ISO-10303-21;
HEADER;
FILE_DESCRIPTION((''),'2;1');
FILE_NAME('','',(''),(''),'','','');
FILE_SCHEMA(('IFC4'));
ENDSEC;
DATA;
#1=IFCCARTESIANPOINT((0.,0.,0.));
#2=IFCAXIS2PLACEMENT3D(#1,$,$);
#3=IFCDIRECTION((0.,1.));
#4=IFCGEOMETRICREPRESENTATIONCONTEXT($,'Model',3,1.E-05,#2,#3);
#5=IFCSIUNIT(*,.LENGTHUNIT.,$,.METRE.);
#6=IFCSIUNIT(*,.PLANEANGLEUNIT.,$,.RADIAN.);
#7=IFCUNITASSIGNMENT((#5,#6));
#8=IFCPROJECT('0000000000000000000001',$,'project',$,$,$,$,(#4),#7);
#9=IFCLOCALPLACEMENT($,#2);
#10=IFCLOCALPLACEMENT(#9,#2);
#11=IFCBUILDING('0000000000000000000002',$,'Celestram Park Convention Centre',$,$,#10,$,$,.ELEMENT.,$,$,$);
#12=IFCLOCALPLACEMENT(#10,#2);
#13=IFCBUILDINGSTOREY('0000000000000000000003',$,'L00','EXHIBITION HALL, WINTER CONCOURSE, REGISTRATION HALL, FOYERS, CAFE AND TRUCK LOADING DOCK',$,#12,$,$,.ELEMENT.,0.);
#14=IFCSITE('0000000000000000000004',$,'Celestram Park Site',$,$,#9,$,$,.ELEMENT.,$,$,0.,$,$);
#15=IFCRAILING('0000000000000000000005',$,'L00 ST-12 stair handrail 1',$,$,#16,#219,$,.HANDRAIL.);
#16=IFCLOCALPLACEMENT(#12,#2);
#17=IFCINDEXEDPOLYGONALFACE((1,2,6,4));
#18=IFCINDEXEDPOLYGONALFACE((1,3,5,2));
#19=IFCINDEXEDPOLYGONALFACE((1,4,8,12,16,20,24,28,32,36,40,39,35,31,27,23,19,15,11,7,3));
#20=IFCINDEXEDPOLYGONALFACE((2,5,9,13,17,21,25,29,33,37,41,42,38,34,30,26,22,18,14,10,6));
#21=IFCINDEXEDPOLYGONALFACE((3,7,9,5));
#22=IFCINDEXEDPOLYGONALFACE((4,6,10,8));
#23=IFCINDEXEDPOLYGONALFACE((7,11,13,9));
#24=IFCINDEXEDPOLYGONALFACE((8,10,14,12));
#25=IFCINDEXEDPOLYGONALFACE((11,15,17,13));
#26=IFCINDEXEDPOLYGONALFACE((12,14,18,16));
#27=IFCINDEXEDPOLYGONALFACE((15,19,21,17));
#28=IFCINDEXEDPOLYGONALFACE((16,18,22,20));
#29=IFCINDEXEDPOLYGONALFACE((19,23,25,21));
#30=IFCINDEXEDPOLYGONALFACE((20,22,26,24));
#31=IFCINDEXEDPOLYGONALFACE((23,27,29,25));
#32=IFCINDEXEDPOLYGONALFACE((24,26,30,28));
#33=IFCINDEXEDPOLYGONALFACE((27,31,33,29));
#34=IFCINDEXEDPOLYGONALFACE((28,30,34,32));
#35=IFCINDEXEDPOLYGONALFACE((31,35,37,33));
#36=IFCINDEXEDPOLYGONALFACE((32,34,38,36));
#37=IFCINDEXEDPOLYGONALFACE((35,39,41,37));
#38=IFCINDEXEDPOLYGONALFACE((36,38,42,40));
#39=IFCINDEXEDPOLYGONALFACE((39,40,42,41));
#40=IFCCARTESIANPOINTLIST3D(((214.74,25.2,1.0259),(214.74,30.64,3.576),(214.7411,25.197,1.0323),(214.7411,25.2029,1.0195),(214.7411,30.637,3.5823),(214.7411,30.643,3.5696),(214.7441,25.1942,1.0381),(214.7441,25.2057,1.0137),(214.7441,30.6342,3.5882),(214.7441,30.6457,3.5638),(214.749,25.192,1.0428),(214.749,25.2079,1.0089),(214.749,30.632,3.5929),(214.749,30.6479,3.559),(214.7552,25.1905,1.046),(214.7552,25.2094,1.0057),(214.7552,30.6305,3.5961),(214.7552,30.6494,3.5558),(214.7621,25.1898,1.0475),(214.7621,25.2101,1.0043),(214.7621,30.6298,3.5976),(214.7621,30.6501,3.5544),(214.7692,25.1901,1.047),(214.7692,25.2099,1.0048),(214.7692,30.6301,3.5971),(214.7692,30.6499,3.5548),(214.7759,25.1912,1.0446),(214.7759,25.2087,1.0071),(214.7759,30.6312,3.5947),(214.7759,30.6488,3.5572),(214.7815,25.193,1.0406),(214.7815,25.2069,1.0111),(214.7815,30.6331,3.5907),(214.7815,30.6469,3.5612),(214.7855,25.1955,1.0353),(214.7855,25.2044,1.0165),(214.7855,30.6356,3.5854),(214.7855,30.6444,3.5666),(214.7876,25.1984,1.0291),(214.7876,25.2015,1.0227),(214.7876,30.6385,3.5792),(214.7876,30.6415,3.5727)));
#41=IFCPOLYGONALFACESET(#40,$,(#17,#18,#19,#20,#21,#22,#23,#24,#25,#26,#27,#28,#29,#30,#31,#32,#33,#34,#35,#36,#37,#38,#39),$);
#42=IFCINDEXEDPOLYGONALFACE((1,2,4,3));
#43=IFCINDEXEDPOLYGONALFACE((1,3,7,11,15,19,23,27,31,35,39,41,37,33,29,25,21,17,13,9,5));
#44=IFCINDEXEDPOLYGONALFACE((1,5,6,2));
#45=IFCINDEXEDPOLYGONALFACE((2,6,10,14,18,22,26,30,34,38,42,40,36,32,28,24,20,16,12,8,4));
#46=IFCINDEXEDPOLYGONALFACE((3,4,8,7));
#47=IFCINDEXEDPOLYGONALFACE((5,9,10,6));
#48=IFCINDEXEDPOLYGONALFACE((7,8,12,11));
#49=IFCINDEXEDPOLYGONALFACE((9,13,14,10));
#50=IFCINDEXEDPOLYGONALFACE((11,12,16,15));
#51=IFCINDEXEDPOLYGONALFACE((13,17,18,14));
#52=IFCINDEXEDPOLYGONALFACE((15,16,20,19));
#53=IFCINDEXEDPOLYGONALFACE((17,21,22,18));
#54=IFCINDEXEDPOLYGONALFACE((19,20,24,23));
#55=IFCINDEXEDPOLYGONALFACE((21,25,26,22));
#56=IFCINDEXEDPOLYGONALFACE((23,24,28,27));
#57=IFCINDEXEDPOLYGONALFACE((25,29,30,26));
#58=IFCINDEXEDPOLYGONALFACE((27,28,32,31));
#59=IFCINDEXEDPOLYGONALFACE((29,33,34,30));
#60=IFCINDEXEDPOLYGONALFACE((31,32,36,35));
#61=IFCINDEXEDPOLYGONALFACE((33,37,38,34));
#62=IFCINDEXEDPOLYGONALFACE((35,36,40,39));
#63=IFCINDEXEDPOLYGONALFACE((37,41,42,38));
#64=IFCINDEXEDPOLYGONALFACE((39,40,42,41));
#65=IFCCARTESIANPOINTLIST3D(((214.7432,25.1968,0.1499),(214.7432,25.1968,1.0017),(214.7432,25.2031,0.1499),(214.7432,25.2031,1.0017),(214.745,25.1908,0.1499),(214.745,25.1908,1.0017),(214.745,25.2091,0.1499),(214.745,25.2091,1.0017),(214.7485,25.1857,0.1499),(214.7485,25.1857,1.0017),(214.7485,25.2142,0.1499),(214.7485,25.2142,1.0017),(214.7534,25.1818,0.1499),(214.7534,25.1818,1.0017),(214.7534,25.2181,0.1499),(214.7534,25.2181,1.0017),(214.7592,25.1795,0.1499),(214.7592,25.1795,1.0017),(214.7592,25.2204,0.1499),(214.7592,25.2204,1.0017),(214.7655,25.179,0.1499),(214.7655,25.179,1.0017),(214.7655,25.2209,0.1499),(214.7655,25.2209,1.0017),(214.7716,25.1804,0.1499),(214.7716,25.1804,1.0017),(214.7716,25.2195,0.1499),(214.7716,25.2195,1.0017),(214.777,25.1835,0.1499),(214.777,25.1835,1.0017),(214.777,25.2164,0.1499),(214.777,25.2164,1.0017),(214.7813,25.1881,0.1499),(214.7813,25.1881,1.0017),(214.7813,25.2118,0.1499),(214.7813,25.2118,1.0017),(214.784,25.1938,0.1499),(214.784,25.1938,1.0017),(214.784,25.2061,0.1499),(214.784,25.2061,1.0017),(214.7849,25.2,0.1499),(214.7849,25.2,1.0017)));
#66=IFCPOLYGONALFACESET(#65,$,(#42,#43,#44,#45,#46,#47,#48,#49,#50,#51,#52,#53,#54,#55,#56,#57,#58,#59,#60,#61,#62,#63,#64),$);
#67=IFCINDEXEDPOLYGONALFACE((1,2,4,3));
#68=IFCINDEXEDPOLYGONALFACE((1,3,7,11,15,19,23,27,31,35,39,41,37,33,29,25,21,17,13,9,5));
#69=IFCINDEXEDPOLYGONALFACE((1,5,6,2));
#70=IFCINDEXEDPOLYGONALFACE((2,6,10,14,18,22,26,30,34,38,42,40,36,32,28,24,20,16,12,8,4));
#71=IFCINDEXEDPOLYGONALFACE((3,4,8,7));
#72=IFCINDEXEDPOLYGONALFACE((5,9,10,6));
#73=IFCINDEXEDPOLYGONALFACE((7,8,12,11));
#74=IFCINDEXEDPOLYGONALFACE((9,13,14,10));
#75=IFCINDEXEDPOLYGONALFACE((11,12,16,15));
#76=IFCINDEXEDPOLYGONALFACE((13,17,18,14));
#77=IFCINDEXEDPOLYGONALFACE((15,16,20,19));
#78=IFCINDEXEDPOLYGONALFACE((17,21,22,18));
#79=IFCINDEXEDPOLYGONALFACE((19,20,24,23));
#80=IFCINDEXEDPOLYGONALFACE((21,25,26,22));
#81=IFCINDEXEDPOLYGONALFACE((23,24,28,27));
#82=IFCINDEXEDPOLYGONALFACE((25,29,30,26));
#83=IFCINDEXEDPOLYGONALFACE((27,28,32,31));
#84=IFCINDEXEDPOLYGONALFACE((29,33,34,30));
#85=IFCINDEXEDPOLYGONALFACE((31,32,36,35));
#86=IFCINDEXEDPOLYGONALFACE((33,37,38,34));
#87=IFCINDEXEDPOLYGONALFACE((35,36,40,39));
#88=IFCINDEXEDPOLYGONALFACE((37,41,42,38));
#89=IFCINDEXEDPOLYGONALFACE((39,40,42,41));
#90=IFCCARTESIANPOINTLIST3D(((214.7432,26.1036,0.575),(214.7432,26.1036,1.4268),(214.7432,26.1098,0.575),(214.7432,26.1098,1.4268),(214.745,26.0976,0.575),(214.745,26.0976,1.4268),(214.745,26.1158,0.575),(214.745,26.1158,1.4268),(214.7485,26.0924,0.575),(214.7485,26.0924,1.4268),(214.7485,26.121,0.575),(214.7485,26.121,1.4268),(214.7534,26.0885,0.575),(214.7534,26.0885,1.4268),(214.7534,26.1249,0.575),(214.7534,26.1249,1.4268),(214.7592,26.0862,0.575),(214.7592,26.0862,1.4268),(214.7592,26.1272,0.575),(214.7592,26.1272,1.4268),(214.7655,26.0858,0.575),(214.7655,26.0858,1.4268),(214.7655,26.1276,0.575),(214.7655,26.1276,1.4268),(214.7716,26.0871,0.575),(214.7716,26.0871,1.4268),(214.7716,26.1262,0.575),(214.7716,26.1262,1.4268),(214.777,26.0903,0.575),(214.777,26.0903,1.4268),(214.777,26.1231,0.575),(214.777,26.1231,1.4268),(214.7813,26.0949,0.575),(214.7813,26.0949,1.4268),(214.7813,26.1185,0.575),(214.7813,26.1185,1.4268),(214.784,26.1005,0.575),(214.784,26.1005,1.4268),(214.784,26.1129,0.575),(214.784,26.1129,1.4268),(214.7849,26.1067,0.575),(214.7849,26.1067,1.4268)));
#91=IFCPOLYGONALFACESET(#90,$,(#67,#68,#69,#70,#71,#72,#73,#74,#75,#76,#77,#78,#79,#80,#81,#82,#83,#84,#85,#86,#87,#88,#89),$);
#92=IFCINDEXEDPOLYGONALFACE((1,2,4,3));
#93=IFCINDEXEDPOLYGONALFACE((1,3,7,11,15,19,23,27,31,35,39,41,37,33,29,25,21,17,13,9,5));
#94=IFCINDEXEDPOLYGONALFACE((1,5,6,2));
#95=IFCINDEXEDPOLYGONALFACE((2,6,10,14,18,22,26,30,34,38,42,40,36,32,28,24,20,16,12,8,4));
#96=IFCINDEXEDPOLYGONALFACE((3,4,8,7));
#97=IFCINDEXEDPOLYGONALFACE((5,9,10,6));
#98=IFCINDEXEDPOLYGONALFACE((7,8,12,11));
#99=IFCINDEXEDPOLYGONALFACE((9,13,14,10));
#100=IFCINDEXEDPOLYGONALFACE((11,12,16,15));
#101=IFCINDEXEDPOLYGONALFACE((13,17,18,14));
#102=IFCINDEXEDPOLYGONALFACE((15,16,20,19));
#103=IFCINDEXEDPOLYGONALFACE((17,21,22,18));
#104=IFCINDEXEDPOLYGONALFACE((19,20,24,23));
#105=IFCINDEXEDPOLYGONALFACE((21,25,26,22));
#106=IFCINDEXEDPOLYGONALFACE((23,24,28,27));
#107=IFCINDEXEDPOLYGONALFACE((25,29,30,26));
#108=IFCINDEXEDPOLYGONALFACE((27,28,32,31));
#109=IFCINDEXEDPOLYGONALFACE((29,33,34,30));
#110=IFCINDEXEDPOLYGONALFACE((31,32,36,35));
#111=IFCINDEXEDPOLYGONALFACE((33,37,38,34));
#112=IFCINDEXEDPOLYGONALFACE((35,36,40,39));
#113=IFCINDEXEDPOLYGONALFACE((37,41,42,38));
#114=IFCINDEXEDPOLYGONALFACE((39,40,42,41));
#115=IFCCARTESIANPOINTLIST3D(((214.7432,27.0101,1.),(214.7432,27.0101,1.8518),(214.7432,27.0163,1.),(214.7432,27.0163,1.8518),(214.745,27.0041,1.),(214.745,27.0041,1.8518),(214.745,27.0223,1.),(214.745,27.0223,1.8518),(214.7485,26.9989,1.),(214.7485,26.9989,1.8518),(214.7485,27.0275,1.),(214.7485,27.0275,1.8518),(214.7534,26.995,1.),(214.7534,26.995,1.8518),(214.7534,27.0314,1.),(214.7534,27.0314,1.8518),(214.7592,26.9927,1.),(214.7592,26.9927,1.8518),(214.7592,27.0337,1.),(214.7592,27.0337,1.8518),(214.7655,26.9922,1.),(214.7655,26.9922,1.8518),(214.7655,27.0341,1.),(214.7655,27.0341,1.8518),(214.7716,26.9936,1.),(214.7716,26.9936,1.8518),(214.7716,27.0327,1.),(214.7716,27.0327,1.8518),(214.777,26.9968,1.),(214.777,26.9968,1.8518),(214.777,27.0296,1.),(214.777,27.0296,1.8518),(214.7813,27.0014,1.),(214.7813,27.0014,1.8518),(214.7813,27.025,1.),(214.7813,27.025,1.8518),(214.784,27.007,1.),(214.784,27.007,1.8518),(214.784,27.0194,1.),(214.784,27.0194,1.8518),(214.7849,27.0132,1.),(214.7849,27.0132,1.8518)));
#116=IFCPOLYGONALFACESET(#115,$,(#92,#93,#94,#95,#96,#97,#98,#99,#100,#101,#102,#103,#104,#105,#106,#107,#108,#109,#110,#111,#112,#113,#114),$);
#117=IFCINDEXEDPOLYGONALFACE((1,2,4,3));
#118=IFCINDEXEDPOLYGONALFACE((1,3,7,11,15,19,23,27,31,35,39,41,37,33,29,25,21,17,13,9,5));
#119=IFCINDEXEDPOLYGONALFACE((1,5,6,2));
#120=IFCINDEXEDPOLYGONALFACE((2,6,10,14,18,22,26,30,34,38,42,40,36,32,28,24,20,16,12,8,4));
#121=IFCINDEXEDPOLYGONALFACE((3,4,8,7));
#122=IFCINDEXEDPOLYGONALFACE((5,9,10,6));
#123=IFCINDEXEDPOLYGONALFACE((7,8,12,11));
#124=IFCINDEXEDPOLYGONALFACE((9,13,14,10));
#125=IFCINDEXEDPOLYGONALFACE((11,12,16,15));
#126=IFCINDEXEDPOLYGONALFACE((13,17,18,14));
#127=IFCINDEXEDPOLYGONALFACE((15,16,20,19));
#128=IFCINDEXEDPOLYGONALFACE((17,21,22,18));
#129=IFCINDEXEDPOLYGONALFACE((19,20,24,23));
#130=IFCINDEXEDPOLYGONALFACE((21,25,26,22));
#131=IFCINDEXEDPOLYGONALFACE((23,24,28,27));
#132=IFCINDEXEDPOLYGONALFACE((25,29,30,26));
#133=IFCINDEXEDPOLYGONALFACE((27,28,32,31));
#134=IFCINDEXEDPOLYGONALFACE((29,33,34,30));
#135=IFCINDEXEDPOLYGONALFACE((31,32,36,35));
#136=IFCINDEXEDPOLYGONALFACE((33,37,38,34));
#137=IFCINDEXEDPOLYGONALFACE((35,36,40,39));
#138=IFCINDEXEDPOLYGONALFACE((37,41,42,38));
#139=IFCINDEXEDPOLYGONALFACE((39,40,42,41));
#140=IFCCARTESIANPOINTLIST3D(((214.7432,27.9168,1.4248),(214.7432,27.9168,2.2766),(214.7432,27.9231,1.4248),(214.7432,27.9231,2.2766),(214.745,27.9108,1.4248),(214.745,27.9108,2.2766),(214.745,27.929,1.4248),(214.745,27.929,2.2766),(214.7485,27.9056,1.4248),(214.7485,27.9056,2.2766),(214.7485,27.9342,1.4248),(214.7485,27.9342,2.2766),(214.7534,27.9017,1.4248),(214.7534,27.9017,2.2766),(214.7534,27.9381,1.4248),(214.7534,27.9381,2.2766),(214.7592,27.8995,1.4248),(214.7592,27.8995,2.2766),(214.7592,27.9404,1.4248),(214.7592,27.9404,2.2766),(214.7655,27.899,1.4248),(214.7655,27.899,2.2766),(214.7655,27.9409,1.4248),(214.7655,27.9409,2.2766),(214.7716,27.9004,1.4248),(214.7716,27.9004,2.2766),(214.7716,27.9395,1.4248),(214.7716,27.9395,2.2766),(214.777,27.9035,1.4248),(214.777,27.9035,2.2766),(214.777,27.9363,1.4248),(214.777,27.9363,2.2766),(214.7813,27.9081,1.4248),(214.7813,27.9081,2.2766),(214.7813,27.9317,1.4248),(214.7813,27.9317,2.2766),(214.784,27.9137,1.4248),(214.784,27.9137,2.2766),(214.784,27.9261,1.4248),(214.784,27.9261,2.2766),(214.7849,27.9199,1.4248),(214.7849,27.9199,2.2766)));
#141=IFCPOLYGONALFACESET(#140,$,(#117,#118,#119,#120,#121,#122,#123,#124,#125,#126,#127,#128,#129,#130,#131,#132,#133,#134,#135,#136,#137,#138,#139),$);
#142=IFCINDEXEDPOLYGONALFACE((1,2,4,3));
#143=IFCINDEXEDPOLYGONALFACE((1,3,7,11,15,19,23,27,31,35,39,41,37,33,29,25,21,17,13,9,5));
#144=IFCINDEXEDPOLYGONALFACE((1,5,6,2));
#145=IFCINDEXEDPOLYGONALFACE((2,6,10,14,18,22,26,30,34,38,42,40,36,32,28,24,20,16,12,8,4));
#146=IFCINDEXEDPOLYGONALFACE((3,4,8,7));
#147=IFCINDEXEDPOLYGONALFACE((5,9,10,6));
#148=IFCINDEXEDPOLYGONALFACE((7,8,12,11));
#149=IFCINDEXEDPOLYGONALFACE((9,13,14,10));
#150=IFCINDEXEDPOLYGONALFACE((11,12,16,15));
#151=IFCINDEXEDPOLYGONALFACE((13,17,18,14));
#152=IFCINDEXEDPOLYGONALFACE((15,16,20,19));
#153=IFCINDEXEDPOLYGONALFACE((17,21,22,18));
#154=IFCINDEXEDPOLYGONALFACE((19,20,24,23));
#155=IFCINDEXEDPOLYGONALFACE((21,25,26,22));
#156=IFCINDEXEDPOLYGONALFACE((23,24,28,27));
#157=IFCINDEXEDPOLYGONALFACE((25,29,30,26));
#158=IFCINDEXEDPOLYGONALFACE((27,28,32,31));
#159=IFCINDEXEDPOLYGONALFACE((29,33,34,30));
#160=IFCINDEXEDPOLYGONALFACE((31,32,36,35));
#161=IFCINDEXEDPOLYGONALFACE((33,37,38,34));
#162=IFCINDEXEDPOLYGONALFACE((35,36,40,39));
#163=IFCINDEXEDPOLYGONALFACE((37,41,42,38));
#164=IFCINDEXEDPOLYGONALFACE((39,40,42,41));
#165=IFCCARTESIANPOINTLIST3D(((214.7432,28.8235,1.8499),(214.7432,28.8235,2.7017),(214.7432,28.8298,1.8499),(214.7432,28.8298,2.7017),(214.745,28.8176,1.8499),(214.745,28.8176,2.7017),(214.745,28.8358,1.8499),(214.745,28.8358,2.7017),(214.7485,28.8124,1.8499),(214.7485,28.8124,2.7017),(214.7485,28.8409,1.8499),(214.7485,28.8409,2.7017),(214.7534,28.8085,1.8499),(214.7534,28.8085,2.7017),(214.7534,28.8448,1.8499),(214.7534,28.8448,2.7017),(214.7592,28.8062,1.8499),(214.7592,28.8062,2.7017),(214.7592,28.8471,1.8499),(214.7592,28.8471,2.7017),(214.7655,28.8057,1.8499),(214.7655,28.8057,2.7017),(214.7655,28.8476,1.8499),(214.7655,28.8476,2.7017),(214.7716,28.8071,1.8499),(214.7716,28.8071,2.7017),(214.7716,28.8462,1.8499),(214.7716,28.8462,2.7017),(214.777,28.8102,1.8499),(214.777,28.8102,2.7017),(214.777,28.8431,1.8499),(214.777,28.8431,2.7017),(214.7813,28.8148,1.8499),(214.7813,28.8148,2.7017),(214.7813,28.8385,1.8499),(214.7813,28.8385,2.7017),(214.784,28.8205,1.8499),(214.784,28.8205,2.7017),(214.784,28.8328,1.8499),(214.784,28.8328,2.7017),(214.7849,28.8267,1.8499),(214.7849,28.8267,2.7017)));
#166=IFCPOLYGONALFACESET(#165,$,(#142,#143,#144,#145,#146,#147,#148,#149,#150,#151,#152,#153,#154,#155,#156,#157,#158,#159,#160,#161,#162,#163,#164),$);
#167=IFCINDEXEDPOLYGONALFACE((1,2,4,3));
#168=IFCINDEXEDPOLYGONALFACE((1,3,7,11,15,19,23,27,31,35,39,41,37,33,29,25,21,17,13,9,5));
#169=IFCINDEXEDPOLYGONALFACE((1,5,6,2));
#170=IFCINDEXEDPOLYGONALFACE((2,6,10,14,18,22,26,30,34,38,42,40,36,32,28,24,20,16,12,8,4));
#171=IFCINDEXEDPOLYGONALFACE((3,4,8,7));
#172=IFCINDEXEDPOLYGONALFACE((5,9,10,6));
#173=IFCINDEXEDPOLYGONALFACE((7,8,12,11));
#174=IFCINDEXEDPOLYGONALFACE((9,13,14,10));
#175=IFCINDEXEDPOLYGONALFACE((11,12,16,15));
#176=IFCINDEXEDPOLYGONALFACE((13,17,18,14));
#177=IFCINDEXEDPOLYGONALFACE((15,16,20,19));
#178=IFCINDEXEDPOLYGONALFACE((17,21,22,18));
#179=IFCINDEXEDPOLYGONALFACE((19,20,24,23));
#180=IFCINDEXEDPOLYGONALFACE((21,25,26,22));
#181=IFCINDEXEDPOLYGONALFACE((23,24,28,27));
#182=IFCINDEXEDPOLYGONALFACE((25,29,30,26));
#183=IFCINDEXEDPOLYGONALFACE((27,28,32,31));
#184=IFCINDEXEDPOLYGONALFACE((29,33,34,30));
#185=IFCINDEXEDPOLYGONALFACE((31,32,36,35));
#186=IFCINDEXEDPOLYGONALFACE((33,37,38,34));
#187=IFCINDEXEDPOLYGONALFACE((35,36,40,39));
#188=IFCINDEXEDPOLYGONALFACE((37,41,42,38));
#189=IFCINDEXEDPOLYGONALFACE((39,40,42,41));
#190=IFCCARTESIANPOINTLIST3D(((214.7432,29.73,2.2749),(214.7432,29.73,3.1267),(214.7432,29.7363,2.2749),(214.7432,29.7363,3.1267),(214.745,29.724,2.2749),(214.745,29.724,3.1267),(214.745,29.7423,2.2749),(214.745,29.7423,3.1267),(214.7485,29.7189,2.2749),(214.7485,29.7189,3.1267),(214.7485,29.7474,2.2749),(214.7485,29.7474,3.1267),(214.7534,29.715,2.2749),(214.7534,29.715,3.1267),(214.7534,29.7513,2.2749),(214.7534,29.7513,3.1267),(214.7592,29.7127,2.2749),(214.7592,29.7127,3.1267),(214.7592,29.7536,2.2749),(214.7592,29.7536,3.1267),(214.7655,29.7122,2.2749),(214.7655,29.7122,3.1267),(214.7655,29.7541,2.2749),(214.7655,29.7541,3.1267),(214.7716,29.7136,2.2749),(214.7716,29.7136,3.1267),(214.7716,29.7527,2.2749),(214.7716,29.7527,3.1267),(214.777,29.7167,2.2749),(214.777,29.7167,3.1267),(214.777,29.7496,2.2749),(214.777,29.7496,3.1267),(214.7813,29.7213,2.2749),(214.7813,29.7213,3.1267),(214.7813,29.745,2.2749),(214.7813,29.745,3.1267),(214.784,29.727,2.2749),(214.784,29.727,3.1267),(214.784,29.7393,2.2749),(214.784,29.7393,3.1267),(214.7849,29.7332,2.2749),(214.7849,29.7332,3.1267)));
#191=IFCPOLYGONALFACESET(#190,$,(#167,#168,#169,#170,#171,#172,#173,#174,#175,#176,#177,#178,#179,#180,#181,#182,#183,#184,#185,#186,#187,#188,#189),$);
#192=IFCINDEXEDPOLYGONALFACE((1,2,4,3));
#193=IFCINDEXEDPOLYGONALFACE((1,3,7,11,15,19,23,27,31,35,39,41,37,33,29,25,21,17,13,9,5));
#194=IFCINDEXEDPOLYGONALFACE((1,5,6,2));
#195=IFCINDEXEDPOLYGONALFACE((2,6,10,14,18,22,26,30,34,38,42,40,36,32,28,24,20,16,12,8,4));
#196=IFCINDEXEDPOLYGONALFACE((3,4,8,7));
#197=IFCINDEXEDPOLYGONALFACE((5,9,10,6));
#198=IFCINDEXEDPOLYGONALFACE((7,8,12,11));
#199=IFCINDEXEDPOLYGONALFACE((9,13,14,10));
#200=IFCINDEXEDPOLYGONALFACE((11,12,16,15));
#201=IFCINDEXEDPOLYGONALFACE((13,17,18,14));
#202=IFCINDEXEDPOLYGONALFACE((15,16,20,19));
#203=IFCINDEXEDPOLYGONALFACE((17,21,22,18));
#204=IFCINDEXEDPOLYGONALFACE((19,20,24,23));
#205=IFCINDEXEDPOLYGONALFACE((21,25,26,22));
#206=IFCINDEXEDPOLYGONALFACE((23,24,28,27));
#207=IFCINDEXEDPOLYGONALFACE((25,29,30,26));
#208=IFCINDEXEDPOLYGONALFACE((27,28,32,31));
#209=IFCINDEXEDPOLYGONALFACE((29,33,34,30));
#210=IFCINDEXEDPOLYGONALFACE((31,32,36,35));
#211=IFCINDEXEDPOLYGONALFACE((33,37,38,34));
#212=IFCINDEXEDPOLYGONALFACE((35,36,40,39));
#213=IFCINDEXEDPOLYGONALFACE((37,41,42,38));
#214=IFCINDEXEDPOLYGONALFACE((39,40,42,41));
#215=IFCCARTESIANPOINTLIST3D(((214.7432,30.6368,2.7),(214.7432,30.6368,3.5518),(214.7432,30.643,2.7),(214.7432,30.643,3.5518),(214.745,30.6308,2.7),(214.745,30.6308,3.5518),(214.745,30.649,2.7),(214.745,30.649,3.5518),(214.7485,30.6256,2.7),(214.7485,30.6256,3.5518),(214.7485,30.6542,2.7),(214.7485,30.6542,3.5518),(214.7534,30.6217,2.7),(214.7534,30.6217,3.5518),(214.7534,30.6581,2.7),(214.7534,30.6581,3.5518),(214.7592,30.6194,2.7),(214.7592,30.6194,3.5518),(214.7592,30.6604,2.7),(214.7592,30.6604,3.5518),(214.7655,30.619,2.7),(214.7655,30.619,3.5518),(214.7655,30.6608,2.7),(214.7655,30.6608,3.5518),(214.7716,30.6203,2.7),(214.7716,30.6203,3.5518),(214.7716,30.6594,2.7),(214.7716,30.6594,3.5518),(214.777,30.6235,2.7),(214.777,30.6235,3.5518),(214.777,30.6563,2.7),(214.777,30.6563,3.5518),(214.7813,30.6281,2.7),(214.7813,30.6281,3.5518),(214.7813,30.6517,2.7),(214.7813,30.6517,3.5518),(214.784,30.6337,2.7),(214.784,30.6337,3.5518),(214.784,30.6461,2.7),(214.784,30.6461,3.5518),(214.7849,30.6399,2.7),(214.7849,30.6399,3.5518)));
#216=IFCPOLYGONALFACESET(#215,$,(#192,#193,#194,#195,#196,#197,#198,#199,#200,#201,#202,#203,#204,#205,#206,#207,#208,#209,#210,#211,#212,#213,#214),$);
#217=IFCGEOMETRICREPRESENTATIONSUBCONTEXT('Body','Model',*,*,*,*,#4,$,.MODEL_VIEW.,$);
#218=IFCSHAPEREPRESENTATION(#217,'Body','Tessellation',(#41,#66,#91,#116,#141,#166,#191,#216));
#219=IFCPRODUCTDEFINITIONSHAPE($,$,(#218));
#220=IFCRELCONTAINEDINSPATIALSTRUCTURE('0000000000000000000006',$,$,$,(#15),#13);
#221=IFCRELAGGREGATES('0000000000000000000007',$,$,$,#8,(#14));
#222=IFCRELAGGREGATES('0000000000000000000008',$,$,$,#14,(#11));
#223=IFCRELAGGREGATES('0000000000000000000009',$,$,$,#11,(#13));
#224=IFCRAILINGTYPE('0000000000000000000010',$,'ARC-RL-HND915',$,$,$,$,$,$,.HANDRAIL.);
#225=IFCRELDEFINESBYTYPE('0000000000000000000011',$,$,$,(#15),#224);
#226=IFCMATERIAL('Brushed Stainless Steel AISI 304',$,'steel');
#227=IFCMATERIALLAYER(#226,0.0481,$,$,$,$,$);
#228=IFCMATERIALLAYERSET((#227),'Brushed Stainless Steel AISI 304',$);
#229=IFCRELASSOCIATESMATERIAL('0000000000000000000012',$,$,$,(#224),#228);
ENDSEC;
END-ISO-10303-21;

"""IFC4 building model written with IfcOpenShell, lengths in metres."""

from ifc_helpers import new_model, si_unit, direction, frame, origin, origin_2d, place, context, subcontext, project, spatial, circle, extrude, material, layer, layer_set, type_object, element, save


model = new_model("IFC4")

# Units and contexts
model_context = context("Model", 3, precision=1e-05, world=origin(), true_north=direction((0.0, 1.0)))
body_context = subcontext(model_context, "Body", "Model", "MODEL_VIEW")
ifc_project = project(units=[si_unit("LENGTHUNIT", "METRE"), si_unit("PLANEANGLEUNIT", "RADIAN")], contexts=[model_context])

# Site, building, storey
site_placement = place(None, origin())
site = spatial("IfcSite", under=ifc_project, at=site_placement, Name="Celestram Park Site", CompositionType="ELEMENT", RefElevation=0.0)
building_placement = place(site_placement, origin())
building = spatial("IfcBuilding", under=site, at=building_placement, Name="Celestram Park Convention Centre", CompositionType="ELEMENT")
storey_placement = place(building_placement, origin())
storey = spatial("IfcBuildingStorey", under=building, at=storey_placement, Name="L00", Description="EXHIBITION HALL, WINTER CONCOURSE, REGISTRATION HALL, FOYERS, CAFE AND TRUCK LOADING DOCK", CompositionType="ELEMENT", Elevation=0.0)

# Railing
ifc_material_1 = material(Name="Brushed Stainless Steel AISI 304", Category="steel")
ifc_layer_1 = layer(ifc_material_1, 0.0481)
ifc_layer_set_1 = layer_set([ifc_layer_1], Name="Brushed Stainless Steel AISI 304")
railing_type_1 = type_object("IfcRailingType", Name="ARC-RL-HND915", PredefinedType="HANDRAIL", material=ifc_layer_set_1)
railing_1_placement = place(storey_placement, frame((214.7639, 25.2, 0.1499)))
element("IfcRailing", 1, at=railing_1_placement, inside=storey, type_object=railing_type_1, Name="L00 ST-12 stair handrail 1", PredefinedType="HANDRAIL", context=body_context, shape_type="SweptSolid", body=[
    extrude(circle(Radius=0.0239, at=origin_2d()), frame((0.0, 0.0, 0.876), z_axis=(0.0, 0.905454, 0.424444), x_axis=(-1.0, 0.0, 0.0)), (0.0, 0.0, 1.0), 6.0081),
    extrude(circle(Radius=0.021, at=origin_2d()), origin(), (0.0, 0.0, 1.0), 0.8518),
    extrude(circle(Radius=0.021, at=origin_2d()), frame((0.0, 0.9067, 0.425)), (0.0, 0.0, 1.0), 0.8518),
    extrude(circle(Radius=0.021, at=origin_2d()), frame((0.0, 1.8132, 0.8501)), (0.0, 0.0, 1.0), 0.8518),
    extrude(circle(Radius=0.021, at=origin_2d()), frame((0.0, 2.72, 1.2749)), (0.0, 0.0, 1.0), 0.8518),
    extrude(circle(Radius=0.021, at=origin_2d()), frame((0.0, 3.6267, 1.7)), (0.0, 0.0, 1.0), 0.8518),
    extrude(circle(Radius=0.021, at=origin_2d()), frame((0.0, 4.5332, 2.125)), (0.0, 0.0, 1.0), 0.8518),
    extrude(circle(Radius=0.021, at=origin_2d()), frame((0.0, 5.4399, 2.55)), (0.0, 0.0, 1.0), 0.8518),
])

save(model, "model.ifc")
